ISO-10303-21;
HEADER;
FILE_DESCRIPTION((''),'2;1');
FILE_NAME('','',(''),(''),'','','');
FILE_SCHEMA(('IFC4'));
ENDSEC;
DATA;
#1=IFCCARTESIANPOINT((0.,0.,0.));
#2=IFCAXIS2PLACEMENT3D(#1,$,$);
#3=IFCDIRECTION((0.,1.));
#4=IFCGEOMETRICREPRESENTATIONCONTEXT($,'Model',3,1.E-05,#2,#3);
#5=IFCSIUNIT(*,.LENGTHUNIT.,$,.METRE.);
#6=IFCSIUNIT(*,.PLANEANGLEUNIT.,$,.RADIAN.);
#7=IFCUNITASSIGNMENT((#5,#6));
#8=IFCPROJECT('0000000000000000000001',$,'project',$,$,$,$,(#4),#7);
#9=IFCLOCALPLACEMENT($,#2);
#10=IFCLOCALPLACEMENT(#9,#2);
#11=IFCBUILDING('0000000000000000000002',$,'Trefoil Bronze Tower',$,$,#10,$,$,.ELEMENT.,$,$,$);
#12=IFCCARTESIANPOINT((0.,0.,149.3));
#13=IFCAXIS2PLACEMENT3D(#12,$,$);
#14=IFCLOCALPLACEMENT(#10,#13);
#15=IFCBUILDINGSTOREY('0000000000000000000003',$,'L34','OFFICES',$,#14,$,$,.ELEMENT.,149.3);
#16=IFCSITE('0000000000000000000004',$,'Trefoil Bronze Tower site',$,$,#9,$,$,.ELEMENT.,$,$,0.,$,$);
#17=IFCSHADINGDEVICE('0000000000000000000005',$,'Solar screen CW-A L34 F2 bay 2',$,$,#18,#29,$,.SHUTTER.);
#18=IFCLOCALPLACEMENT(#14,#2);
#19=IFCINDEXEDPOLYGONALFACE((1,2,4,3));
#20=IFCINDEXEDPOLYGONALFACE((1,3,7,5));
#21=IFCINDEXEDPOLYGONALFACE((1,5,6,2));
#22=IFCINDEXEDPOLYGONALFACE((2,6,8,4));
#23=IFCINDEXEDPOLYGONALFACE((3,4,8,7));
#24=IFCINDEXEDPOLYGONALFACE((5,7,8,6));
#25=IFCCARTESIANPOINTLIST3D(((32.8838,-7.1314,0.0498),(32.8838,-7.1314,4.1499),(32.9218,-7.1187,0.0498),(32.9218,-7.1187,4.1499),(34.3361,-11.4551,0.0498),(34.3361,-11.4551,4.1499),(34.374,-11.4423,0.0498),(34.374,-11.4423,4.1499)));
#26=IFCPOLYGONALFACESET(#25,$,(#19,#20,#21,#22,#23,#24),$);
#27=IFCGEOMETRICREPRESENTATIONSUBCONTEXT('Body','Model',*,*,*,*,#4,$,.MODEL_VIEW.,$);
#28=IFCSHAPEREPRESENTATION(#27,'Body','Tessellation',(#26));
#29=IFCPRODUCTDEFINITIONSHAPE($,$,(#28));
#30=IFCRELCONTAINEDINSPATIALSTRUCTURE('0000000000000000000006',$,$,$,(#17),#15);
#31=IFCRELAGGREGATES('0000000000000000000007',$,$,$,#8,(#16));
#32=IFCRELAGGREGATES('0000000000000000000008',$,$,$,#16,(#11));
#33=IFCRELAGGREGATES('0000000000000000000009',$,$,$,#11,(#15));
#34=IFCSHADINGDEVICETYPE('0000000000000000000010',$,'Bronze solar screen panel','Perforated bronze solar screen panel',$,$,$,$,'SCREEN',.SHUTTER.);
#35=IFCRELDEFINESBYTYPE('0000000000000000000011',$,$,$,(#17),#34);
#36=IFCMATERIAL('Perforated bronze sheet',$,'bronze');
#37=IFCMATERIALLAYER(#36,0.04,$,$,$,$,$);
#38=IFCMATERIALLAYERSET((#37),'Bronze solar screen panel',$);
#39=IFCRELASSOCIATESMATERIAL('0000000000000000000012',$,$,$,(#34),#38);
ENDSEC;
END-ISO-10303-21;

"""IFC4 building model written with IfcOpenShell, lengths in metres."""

from ifc_helpers import new_model, si_unit, direction, frame, origin, origin_2d, place, context, subcontext, project, spatial, rectangle, extrude, material, layer, layer_set, type_object, element, save


model = new_model("IFC4")

# Units and contexts
model_context = context("Model", 3, precision=1e-05, world=origin(), true_north=direction((0.0, 1.0)))
body_context = subcontext(model_context, "Body", "Model", "MODEL_VIEW")
ifc_project = project(units=[si_unit("LENGTHUNIT", "METRE"), si_unit("PLANEANGLEUNIT", "RADIAN")], contexts=[model_context])

# Site, building, storey
site_placement = place(None, origin())
site = spatial("IfcSite", under=ifc_project, at=site_placement, Name="Trefoil Bronze Tower site", CompositionType="ELEMENT", RefElevation=0.0)
building_placement = place(site_placement, origin())
building = spatial("IfcBuilding", under=site, at=building_placement, Name="Trefoil Bronze Tower", CompositionType="ELEMENT")
storey_placement = place(building_placement, frame((0.0, 0.0, 149.3)))
storey = spatial("IfcBuildingStorey", under=building, at=storey_placement, Name="L34", Description="OFFICES", CompositionType="ELEMENT", Elevation=149.3)

# Shading device
ifc_material_1 = material(Name="Perforated bronze sheet", Category="bronze")
ifc_layer_1 = layer(ifc_material_1, 0.04)
ifc_layer_set_1 = layer_set([ifc_layer_1], Name="Bronze solar screen panel")
shading_device_type = type_object("IfcShadingDeviceType", Name="Bronze solar screen panel", Description="Perforated bronze solar screen panel", ElementType="SCREEN", PredefinedType="SHUTTER", material=ifc_layer_set_1)
shading_device_1_placement = place(storey_placement, frame((33.6289, -9.2869, 0.0498), z_axis=(0.0, 0.0, 1.0), x_axis=(-0.318404, 0.947955, 0.0)))
element("IfcShadingDevice", 1, at=shading_device_1_placement, inside=storey, type_object=shading_device_type, Name="Solar screen CW-A L34 F2 bay 2", PredefinedType="SHUTTER", context=body_context, shape_type="SweptSolid", body=[
    extrude(rectangle(XDim=4.561, YDim=0.04, at=origin_2d()), origin(), (0.0, 0.0, 1.0), 4.1001),
])

save(model, "model.ifc")
